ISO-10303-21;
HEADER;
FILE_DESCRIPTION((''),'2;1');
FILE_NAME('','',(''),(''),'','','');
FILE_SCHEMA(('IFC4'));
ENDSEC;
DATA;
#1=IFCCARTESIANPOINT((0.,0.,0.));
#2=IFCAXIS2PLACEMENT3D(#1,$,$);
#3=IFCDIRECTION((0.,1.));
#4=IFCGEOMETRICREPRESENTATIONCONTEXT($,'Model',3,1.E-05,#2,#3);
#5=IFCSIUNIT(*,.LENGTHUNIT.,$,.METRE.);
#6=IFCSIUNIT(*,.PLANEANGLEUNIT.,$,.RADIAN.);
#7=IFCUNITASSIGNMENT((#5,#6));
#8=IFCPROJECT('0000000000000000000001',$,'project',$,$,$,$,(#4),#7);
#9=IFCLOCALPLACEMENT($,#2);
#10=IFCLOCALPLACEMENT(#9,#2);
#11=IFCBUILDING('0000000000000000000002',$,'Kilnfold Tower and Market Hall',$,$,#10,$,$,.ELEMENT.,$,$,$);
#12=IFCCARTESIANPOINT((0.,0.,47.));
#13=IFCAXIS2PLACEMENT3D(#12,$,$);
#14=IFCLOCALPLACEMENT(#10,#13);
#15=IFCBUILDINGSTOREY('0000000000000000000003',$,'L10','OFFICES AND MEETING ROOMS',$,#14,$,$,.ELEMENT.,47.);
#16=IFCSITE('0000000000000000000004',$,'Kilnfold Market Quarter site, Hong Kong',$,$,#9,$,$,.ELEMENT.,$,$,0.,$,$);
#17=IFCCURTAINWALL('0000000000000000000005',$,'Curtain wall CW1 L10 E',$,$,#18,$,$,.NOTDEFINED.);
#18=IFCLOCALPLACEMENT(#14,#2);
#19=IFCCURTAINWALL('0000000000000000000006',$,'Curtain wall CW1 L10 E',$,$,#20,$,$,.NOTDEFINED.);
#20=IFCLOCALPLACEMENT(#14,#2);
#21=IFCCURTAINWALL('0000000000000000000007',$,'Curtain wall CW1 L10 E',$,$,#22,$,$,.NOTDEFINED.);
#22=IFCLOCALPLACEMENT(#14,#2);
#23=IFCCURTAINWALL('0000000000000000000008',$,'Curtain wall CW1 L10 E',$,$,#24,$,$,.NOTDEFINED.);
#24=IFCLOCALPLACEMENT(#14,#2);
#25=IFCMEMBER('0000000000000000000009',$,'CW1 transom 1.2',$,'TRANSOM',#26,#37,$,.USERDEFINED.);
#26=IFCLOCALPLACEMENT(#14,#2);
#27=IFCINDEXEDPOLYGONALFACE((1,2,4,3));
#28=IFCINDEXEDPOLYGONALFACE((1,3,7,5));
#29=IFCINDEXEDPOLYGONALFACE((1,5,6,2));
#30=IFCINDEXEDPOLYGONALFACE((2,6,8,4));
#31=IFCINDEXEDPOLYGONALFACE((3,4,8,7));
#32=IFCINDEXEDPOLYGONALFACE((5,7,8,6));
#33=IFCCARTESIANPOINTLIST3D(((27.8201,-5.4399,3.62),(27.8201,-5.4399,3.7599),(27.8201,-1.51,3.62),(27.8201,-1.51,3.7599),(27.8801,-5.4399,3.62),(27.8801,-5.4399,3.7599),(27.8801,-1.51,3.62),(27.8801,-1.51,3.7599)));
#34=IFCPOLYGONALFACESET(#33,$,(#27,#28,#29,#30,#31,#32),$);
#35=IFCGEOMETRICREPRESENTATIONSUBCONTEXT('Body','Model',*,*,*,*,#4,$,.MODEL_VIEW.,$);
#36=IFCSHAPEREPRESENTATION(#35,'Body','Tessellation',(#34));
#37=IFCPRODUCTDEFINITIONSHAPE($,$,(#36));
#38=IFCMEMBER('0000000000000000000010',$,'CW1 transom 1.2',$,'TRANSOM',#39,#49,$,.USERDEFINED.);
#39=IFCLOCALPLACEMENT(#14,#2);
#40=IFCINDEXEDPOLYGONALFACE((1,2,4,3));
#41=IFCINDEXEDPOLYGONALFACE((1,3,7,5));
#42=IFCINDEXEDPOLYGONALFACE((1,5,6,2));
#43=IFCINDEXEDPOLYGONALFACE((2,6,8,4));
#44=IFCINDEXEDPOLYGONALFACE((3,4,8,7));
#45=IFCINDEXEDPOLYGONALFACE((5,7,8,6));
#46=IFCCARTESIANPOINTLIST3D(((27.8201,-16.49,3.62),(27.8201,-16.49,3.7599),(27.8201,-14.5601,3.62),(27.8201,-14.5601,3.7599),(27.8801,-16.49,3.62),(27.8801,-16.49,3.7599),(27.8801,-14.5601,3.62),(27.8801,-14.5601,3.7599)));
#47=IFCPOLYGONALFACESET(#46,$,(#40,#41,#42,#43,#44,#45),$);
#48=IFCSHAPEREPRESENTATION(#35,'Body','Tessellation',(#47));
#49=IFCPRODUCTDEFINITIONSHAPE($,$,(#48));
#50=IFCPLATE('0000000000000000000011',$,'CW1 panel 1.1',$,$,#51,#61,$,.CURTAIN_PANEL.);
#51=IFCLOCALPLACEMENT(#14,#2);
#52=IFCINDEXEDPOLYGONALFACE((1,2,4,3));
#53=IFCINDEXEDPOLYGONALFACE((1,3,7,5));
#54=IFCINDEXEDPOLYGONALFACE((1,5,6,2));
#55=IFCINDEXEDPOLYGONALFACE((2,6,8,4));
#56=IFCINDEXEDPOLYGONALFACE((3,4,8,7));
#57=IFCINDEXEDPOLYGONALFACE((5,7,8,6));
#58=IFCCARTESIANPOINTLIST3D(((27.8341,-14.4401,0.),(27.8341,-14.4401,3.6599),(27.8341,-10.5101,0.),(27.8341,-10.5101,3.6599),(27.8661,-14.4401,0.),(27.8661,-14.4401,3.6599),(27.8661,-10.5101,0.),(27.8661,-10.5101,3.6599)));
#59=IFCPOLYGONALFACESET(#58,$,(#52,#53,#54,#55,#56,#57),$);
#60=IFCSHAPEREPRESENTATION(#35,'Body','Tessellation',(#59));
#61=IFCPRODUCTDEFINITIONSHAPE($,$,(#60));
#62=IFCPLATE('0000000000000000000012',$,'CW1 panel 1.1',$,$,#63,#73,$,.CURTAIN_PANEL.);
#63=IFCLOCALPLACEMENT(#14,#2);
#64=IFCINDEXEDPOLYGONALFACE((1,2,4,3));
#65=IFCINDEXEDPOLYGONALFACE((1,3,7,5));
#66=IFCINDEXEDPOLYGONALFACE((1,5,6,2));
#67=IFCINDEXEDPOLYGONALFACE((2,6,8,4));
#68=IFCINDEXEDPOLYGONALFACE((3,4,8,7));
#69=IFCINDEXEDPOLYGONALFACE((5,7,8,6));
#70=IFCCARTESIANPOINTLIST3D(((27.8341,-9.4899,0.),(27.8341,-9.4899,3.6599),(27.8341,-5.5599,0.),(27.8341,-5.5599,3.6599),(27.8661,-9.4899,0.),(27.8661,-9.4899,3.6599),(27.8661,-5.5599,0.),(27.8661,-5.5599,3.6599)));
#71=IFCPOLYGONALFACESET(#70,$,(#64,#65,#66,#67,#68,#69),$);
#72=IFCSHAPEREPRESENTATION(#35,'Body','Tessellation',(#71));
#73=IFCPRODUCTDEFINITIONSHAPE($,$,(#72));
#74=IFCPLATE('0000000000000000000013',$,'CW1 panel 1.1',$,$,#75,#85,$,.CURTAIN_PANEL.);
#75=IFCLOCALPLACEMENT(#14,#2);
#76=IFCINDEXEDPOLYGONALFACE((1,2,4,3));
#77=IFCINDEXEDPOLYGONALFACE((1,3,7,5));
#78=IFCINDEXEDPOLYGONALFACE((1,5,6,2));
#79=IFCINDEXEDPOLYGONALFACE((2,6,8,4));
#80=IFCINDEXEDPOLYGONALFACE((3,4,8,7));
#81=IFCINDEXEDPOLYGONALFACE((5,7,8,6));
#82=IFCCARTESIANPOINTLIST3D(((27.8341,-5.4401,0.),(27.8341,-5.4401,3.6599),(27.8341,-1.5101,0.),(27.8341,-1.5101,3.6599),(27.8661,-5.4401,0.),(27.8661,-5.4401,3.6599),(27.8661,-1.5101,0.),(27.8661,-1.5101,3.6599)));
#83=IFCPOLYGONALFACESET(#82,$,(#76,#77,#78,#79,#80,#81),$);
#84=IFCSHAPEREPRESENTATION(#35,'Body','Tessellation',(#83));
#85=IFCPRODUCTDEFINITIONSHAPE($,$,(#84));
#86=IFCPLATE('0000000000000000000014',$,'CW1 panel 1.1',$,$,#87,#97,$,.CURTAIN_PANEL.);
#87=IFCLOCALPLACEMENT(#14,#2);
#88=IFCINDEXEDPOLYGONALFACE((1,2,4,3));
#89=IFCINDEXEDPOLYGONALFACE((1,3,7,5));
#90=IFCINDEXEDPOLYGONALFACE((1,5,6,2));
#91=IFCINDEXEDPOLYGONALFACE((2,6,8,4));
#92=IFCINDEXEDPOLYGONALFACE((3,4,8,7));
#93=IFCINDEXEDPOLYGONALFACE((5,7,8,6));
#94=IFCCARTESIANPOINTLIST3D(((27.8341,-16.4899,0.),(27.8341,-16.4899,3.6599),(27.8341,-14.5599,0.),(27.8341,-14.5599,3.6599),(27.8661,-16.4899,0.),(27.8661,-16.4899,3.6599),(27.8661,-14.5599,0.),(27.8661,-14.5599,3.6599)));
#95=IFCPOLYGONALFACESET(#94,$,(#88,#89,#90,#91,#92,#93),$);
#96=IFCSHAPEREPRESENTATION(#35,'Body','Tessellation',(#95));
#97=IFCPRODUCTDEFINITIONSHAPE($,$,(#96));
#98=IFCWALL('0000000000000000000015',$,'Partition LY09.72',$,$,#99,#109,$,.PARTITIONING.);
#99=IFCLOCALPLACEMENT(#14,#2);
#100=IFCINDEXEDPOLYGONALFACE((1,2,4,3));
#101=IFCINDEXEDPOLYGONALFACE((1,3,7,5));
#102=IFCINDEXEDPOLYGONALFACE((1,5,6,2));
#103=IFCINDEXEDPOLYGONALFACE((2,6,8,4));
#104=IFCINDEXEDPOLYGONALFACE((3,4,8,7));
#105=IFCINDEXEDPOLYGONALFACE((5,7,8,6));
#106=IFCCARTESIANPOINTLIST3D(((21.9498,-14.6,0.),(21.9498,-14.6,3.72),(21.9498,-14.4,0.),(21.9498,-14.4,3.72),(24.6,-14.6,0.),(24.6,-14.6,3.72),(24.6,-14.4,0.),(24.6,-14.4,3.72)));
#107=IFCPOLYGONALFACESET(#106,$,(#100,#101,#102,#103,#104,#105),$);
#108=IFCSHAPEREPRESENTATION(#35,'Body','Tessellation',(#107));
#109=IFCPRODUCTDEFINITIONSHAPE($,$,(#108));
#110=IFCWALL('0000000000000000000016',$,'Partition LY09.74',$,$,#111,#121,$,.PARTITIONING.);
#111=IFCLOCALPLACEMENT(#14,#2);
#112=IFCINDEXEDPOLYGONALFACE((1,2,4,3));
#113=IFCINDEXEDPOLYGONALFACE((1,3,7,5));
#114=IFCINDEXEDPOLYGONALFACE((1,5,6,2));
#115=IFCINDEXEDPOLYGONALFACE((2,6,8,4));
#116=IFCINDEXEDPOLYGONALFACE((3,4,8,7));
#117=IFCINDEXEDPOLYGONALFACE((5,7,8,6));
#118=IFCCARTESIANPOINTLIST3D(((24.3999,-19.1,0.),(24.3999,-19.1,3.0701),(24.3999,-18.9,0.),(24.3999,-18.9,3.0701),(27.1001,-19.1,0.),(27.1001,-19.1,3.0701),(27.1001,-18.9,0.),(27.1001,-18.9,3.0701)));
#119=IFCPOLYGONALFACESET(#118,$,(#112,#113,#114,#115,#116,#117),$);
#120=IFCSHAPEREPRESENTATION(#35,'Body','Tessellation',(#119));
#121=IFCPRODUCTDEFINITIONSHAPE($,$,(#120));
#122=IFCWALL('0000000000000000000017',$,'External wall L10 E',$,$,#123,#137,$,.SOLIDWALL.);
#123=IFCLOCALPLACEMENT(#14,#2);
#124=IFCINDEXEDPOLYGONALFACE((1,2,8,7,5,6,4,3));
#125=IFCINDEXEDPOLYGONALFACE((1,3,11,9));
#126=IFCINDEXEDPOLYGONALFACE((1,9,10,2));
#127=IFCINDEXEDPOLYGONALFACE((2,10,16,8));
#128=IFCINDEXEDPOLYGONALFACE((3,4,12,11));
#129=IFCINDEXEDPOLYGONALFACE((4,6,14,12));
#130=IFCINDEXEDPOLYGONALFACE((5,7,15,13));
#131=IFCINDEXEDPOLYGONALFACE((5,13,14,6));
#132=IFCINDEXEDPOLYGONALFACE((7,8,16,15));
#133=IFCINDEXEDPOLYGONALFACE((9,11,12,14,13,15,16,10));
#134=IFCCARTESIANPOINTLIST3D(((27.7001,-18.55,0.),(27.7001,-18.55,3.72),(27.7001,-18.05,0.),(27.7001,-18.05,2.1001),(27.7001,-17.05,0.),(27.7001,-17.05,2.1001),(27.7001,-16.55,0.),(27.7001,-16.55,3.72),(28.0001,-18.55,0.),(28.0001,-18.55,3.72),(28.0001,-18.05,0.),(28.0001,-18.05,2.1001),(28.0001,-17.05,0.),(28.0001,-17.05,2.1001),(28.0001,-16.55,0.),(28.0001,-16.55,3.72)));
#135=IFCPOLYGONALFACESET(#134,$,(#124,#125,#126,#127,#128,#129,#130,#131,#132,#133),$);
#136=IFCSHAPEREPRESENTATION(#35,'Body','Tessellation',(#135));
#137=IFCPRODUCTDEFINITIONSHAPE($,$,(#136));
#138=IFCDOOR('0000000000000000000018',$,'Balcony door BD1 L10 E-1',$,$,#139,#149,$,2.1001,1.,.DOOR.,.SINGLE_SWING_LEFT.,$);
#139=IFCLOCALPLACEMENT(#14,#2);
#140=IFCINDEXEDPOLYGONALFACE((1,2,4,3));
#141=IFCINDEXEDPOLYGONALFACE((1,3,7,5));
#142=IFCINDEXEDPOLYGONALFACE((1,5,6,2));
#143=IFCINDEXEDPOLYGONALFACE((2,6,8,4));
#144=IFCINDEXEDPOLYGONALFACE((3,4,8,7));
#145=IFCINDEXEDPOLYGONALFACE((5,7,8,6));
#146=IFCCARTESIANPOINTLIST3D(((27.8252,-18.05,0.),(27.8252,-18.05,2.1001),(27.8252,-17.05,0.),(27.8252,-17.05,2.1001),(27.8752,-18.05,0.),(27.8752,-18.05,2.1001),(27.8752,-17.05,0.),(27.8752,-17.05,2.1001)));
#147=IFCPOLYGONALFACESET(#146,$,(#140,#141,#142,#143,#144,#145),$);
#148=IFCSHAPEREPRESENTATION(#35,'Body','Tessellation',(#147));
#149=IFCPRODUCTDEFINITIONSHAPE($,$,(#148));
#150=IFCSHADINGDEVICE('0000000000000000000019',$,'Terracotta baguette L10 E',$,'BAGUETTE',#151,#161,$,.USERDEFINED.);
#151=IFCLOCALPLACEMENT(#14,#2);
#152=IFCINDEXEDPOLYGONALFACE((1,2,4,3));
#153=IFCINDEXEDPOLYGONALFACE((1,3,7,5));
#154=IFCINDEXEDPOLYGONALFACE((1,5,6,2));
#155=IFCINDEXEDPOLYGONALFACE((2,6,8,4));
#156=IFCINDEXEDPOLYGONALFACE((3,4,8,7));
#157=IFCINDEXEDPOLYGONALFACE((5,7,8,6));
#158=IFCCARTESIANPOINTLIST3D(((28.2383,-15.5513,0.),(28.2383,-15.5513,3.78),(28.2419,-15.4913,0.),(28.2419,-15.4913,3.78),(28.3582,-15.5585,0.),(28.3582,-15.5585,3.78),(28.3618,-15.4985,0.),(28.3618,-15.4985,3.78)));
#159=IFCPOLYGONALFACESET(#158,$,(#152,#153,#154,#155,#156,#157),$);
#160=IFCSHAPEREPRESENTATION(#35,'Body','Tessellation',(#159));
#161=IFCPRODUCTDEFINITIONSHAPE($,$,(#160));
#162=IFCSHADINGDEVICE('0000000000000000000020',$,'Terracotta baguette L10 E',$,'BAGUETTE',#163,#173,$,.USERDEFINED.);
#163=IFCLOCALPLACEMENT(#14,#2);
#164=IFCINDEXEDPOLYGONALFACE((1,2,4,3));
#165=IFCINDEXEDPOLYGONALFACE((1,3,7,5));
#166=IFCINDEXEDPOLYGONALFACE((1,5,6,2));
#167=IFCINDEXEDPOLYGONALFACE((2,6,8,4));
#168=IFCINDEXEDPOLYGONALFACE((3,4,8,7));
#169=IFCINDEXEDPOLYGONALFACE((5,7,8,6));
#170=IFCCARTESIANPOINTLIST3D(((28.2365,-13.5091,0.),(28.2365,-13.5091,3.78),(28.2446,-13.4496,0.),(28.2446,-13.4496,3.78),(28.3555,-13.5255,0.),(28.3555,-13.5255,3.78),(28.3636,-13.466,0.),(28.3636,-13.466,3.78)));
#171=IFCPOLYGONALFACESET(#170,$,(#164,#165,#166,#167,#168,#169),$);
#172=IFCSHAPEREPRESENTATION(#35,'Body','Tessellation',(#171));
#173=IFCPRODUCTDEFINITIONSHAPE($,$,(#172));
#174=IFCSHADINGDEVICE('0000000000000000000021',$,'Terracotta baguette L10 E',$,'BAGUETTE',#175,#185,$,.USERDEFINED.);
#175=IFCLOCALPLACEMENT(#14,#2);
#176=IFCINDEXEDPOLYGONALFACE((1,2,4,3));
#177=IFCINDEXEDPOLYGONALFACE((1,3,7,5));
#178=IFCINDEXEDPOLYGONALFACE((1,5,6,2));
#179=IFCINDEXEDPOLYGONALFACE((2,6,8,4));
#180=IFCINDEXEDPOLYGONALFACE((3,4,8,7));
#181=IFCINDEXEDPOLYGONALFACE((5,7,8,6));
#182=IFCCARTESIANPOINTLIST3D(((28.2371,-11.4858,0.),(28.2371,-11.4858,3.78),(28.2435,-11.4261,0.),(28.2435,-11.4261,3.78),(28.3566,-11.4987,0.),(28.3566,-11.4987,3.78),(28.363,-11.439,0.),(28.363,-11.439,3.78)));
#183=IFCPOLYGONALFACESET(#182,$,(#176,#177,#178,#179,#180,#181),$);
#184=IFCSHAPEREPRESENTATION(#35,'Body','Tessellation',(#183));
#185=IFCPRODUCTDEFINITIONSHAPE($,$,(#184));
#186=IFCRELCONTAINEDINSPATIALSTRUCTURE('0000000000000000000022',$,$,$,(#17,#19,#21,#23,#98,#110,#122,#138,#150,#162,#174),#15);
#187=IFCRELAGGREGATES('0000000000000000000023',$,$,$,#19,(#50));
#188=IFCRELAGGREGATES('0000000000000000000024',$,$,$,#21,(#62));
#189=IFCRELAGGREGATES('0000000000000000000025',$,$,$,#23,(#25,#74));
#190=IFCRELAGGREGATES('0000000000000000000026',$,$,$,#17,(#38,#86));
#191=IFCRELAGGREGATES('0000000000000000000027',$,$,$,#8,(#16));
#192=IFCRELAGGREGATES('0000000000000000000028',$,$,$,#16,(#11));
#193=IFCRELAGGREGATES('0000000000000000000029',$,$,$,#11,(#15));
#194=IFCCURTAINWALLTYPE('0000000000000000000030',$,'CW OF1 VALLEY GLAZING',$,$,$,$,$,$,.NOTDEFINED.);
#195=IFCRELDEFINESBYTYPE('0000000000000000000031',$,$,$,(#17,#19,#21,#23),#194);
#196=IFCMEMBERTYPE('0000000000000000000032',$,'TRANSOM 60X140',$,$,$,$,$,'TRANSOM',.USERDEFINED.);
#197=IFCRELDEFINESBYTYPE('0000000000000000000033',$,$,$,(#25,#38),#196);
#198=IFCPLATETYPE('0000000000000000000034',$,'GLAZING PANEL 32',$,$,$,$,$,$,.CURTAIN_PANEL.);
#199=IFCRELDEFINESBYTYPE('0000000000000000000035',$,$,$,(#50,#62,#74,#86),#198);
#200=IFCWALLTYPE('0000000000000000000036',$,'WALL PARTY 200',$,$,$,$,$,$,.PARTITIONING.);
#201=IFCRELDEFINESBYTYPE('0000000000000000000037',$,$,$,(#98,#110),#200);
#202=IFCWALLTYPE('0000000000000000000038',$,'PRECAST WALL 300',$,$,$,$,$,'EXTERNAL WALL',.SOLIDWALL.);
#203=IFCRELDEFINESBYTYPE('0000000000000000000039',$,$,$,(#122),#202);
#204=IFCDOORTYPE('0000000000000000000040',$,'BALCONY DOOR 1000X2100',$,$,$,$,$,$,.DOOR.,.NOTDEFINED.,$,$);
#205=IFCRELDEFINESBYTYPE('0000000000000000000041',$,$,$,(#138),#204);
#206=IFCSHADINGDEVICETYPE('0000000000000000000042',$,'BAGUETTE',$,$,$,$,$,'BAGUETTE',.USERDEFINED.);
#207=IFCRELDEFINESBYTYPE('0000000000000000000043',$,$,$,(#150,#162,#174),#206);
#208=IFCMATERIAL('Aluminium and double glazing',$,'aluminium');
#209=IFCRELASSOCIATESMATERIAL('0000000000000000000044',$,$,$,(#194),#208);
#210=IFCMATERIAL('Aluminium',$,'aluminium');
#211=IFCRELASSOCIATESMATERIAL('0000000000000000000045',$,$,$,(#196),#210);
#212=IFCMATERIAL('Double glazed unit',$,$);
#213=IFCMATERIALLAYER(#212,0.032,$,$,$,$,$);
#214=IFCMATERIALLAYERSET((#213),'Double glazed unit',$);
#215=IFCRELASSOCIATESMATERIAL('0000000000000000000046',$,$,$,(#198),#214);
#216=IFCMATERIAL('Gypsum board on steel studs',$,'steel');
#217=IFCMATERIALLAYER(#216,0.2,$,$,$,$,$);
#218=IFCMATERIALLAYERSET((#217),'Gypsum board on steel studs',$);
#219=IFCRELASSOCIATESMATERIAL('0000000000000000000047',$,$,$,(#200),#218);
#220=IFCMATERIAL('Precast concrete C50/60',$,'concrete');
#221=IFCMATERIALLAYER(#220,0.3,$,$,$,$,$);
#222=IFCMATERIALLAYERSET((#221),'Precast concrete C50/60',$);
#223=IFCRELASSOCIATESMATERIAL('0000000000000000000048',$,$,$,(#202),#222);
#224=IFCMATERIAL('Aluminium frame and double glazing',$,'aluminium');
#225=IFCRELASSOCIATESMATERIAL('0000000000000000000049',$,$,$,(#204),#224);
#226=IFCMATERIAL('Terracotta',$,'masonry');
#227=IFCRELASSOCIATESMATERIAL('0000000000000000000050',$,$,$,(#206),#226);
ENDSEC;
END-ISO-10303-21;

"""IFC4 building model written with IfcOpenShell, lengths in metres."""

from ifc_helpers import new_model, si_unit, direction, frame, frame_2d, origin, origin_2d, place, context, subcontext, project, spatial, rectangle, extrude, source, transform, mapped, material, layer, layer_set, material_profile, profile_set, type_object, element, fill, aggregate, save


model = new_model("IFC4")

# Units and contexts
model_context = context("Model", 3, precision=1e-05, world=origin(), true_north=direction((0.0, 1.0)))
body_context = subcontext(model_context, "Body", "Model", "MODEL_VIEW")
ifc_project = project(units=[si_unit("LENGTHUNIT", "METRE"), si_unit("PLANEANGLEUNIT", "RADIAN")], contexts=[model_context])

# Site, building, storey
site_placement = place(None, origin())
site = spatial("IfcSite", under=ifc_project, at=site_placement, Name="Kilnfold Market Quarter site, Hong Kong", CompositionType="ELEMENT", RefElevation=0.0)
building_placement = place(site_placement, origin())
building = spatial("IfcBuilding", under=site, at=building_placement, Name="Kilnfold Tower and Market Hall", CompositionType="ELEMENT")
storey_placement = place(building_placement, frame((0.0, 0.0, 47.0)))
storey = spatial("IfcBuildingStorey", under=building, at=storey_placement, Name="L10", Description="OFFICES AND MEETING ROOMS", CompositionType="ELEMENT", Elevation=47.0)

# Curtain walls
ifc_material_1 = material(Name="Aluminium and double glazing", Category="aluminium")
curtain_wall_type = type_object("IfcCurtainWallType", Name="CW OF1 VALLEY GLAZING", PredefinedType="NOTDEFINED", material=ifc_material_1)
curtain_wall_1_placement = place(storey_placement, origin())
curtain_wall_1 = element("IfcCurtainWall", 1, at=curtain_wall_1_placement, inside=storey, type_object=curtain_wall_type, Name="Curtain wall CW1 L10 E", PredefinedType="NOTDEFINED")
curtain_wall_2_placement = place(storey_placement, origin())
curtain_wall_2 = element("IfcCurtainWall", 2, at=curtain_wall_2_placement, inside=storey, type_object=curtain_wall_type, Name="Curtain wall CW1 L10 E", PredefinedType="NOTDEFINED")
curtain_wall_3_placement = place(storey_placement, origin())
curtain_wall_3 = element("IfcCurtainWall", 3, at=curtain_wall_3_placement, inside=storey, type_object=curtain_wall_type, Name="Curtain wall CW1 L10 E", PredefinedType="NOTDEFINED")
curtain_wall_4_placement = place(storey_placement, origin())
curtain_wall_4 = element("IfcCurtainWall", 4, at=curtain_wall_4_placement, inside=storey, type_object=curtain_wall_type, Name="Curtain wall CW1 L10 E", PredefinedType="NOTDEFINED")

# Members
ifc_material_2 = material(Name="Aluminium", Category="aluminium")
ifc_material_profile_1 = material_profile(ifc_material_2, rectangle(XDim=0.0601, YDim=0.1399, at=origin_2d()), Name="TRANSOM 60x140")
ifc_profile_set_1 = profile_set([ifc_material_profile_1], Name="Aluminium")
member_type_1 = type_object("IfcMemberType", Name="TRANSOM 60X140", ElementType="TRANSOM", PredefinedType="USERDEFINED", material=ifc_profile_set_1)
shared_shape_1 = source(origin(), body_context, "Body", "SweptSolid", [
    extrude(rectangle(XDim=0.0601, YDim=0.1399, at=origin_2d()), origin(), (0.0, 0.0, 1.0), 3.9299),
])
member_1_placement = place(storey_placement, frame((27.8501, -5.4399, 3.6899), z_axis=(0.0, 1.0, 0.0), x_axis=(-1.0, 0.0, 0.0)))
member_1 = element("IfcMember", 5, at=member_1_placement, type_object=member_type_1, Name="CW1 transom 1.2", ObjectType="TRANSOM", PredefinedType="USERDEFINED", context=body_context, shape_type="MappedRepresentation", body=[
    mapped(shared_shape_1, transform((0.0, 0.0, 0.0))),
])
shared_shape_2 = source(origin(), body_context, "Body", "SweptSolid", [
    extrude(rectangle(XDim=0.0601, YDim=0.1399, at=origin_2d()), origin(), (0.0, 0.0, 1.0), 1.9299),
])
member_2_placement = place(storey_placement, frame((27.8501, -16.49, 3.6899), z_axis=(0.0, 1.0, 0.0), x_axis=(-1.0, 0.0, 0.0)))
member_2 = element("IfcMember", 6, at=member_2_placement, type_object=member_type_1, Name="CW1 transom 1.2", ObjectType="TRANSOM", PredefinedType="USERDEFINED", context=body_context, shape_type="MappedRepresentation", body=[
    mapped(shared_shape_2, transform((0.0, 0.0, 0.0))),
])

# Plates
ifc_material_3 = material(Name="Double glazed unit")
ifc_layer_1 = layer(ifc_material_3, 0.032)
ifc_layer_set_1 = layer_set([ifc_layer_1], Name="Double glazed unit")
plate_type = type_object("IfcPlateType", Name="GLAZING PANEL 32", PredefinedType="CURTAIN_PANEL", material=ifc_layer_set_1)
shared_shape_3 = source(origin(), body_context, "Body", "SweptSolid", [
    extrude(rectangle(XDim=3.9299, YDim=0.032, at=origin_2d()), origin(), (0.0, 0.0, 1.0), 3.6599),
])
plate_1_placement = place(storey_placement, frame((27.8501, -12.4751, 0.0), z_axis=(0.0, 0.0, 1.0), x_axis=(0.0, 1.0, 0.0)))
plate_1 = element("IfcPlate", 7, at=plate_1_placement, type_object=plate_type, Name="CW1 panel 1.1", PredefinedType="CURTAIN_PANEL", context=body_context, shape_type="MappedRepresentation", body=[
    mapped(shared_shape_3, transform((0.0, 0.0, 0.0))),
])
aggregate(curtain_wall_2, [plate_1])
plate_2_placement = place(storey_placement, frame((27.8501, -7.5249, 0.0), z_axis=(0.0, 0.0, 1.0), x_axis=(0.0, 1.0, 0.0)))
plate_2 = element("IfcPlate", 8, at=plate_2_placement, type_object=plate_type, Name="CW1 panel 1.1", PredefinedType="CURTAIN_PANEL", context=body_context, shape_type="MappedRepresentation", body=[
    mapped(shared_shape_3, transform((0.0, 0.0, 0.0))),
])
aggregate(curtain_wall_3, [plate_2])
plate_3_placement = place(storey_placement, frame((27.8501, -3.4751, 0.0), z_axis=(0.0, 0.0, 1.0), x_axis=(0.0, 1.0, 0.0)))
plate_3 = element("IfcPlate", 9, at=plate_3_placement, type_object=plate_type, Name="CW1 panel 1.1", PredefinedType="CURTAIN_PANEL", context=body_context, shape_type="MappedRepresentation", body=[
    mapped(shared_shape_3, transform((0.0, 0.0, 0.0))),
])
aggregate(curtain_wall_4, [member_1, plate_3])
shared_shape_4 = source(origin(), body_context, "Body", "SweptSolid", [
    extrude(rectangle(XDim=1.9299, YDim=0.032, at=origin_2d()), origin(), (0.0, 0.0, 1.0), 3.6599),
])
plate_4_placement = place(storey_placement, frame((27.8501, -15.5249, 0.0), z_axis=(0.0, 0.0, 1.0), x_axis=(0.0, 1.0, 0.0)))
plate_4 = element("IfcPlate", 10, at=plate_4_placement, type_object=plate_type, Name="CW1 panel 1.1", PredefinedType="CURTAIN_PANEL", context=body_context, shape_type="MappedRepresentation", body=[
    mapped(shared_shape_4, transform((0.0, 0.0, 0.0))),
])
aggregate(curtain_wall_1, [member_2, plate_4])

# Walls
ifc_material_4 = material(Name="Gypsum board on steel studs", Category="steel")
ifc_layer_2 = layer(ifc_material_4, 0.2)
ifc_layer_set_2 = layer_set([ifc_layer_2], Name="Gypsum board on steel studs")
wall_type_1 = type_object("IfcWallType", Name="WALL PARTY 200", PredefinedType="PARTITIONING", material=ifc_layer_set_2)
wall_1_placement = place(storey_placement, frame((24.6001, -14.5, 0.0), z_axis=(0.0, 0.0, 1.0), x_axis=(-1.0, 0.0, 0.0)))
element("IfcWall", 11, at=wall_1_placement, inside=storey, type_object=wall_type_1, Name="Partition LY09.72", PredefinedType="PARTITIONING", context=body_context, shape_type="SweptSolid", body=[
    extrude(rectangle(XDim=2.6501, YDim=0.2, at=frame_2d((1.3252, 0.0))), origin(), (0.0, 0.0, 1.0), 3.72),
])
wall_2_placement = place(storey_placement, frame((27.1001, -19.0, 0.0), z_axis=(0.0, 0.0, 1.0), x_axis=(-1.0, 0.0, 0.0)))
element("IfcWall", 12, at=wall_2_placement, inside=storey, type_object=wall_type_1, Name="Partition LY09.74", PredefinedType="PARTITIONING", context=body_context, shape_type="SweptSolid", body=[
    extrude(rectangle(XDim=2.7002, YDim=0.2, at=frame_2d((1.3501, 0.0))), origin(), (0.0, 0.0, 1.0), 3.0701),
])

# Wall, opening, door
ifc_material_5 = material(Name="Precast concrete C50/60", Category="concrete")
ifc_layer_3 = layer(ifc_material_5, 0.3)
ifc_layer_set_3 = layer_set([ifc_layer_3], Name="Precast concrete C50/60")
wall_type_2 = type_object("IfcWallType", Name="PRECAST WALL 300", ElementType="EXTERNAL WALL", PredefinedType="SOLIDWALL", material=ifc_layer_set_3)
shared_shape_5 = source(origin(), body_context, "Body", "SweptSolid", [
    extrude(rectangle(XDim=2.0, YDim=0.3, at=frame_2d((1.0, 0.0))), origin(), (0.0, 0.0, 1.0), 3.72),
])
wall_3_placement = place(storey_placement, frame((27.8501, -18.55, 0.0), z_axis=(0.0, 0.0, 1.0), x_axis=(0.0, 1.0, 0.0)))
wall_3 = element("IfcWall", 13, at=wall_3_placement, inside=storey, type_object=wall_type_2, Name="External wall L10 E", PredefinedType="SOLIDWALL", context=body_context, shape_type="MappedRepresentation", body=[
    mapped(shared_shape_5, transform((0.0, 0.0, 0.0))),
])
opening_placement = place(wall_3_placement, frame((0.5, 0.0, 0.0)))
opening = element("IfcOpeningElement", 14, at=opening_placement, cuts=wall_3, PredefinedType="OPENING", context=body_context, shape_type="SweptSolid", body=[
    extrude(rectangle(XDim=1.0, YDim=2.1001, at=frame_2d((0.5, 1.05))), frame((0.0, 0.1602, 0.0), z_axis=(0.0, -1.0, 0.0), x_axis=(1.0, 0.0, 0.0)), (0.0, 0.0, 1.0), 0.3201),
])
ifc_material_6 = material(Name="Aluminium frame and double glazing", Category="aluminium")
door_type = type_object("IfcDoorType", Name="BALCONY DOOR 1000X2100", OperationType="NOTDEFINED", PredefinedType="DOOR", material=ifc_material_6)
door_placement = place(opening_placement, origin())
door = element("IfcDoor", 15, at=door_placement, inside=storey, type_object=door_type, Name="Balcony door BD1 L10 E-1", OperationType="SINGLE_SWING_LEFT", OverallHeight=2.1001, OverallWidth=1.0, PredefinedType="DOOR", context=body_context, shape_type="SweptSolid", body=[
    extrude(rectangle(XDim=1.0, YDim=2.1001, at=frame_2d((0.5, 1.05))), frame((0.0, 0.0249, 0.0), z_axis=(0.0, -1.0, 0.0), x_axis=(1.0, 0.0, 0.0)), (0.0, 0.0, 1.0), 0.05),
])
fill(opening, door)

# Shading devices
ifc_material_7 = material(Name="Terracotta", Category="masonry")
ifc_material_profile_2 = material_profile(ifc_material_7, rectangle(XDim=0.0601, YDim=0.1201, at=origin_2d()), Name="BAG 60x120")
ifc_profile_set_2 = profile_set([ifc_material_profile_2], Name="Terracotta")
shading_device_type = type_object("IfcShadingDeviceType", Name="BAGUETTE", ElementType="BAGUETTE", PredefinedType="USERDEFINED", material=ifc_profile_set_2)
shared_shape_6 = source(origin(), body_context, "Body", "SweptSolid", [
    extrude(rectangle(XDim=0.0601, YDim=0.1201, at=origin_2d()), origin(), (0.0, 0.0, 1.0), 3.78),
])
for number, where, z_axis, x_axis, name in (
    (16, (28.3, -15.5249, 0.0), (0.0, 0.0, 1.0), (0.059909, 0.998204, 0.0), "Terracotta baguette L10 E"),
    (17, (28.3, -13.4875, 0.0), (0.0, 0.0, 1.0), (0.13606, 0.990701, 0.0), "Terracotta baguette L10 E"),
    (18, (28.3, -11.4624, 0.0), (0.0, 0.0, 1.0), (0.106929, 0.994267, 0.0), "Terracotta baguette L10 E"),
):
    element("IfcShadingDevice", number, at=place(storey_placement, frame(where, z_axis=z_axis, x_axis=x_axis)), inside=storey, type_object=shading_device_type, Name=name, ObjectType="BAGUETTE", PredefinedType="USERDEFINED", context=body_context, shape_type="MappedRepresentation", body=[
        mapped(shared_shape_6, transform((0.0, 0.0, 0.0))),
    ])

save(model, "model.ifc")
